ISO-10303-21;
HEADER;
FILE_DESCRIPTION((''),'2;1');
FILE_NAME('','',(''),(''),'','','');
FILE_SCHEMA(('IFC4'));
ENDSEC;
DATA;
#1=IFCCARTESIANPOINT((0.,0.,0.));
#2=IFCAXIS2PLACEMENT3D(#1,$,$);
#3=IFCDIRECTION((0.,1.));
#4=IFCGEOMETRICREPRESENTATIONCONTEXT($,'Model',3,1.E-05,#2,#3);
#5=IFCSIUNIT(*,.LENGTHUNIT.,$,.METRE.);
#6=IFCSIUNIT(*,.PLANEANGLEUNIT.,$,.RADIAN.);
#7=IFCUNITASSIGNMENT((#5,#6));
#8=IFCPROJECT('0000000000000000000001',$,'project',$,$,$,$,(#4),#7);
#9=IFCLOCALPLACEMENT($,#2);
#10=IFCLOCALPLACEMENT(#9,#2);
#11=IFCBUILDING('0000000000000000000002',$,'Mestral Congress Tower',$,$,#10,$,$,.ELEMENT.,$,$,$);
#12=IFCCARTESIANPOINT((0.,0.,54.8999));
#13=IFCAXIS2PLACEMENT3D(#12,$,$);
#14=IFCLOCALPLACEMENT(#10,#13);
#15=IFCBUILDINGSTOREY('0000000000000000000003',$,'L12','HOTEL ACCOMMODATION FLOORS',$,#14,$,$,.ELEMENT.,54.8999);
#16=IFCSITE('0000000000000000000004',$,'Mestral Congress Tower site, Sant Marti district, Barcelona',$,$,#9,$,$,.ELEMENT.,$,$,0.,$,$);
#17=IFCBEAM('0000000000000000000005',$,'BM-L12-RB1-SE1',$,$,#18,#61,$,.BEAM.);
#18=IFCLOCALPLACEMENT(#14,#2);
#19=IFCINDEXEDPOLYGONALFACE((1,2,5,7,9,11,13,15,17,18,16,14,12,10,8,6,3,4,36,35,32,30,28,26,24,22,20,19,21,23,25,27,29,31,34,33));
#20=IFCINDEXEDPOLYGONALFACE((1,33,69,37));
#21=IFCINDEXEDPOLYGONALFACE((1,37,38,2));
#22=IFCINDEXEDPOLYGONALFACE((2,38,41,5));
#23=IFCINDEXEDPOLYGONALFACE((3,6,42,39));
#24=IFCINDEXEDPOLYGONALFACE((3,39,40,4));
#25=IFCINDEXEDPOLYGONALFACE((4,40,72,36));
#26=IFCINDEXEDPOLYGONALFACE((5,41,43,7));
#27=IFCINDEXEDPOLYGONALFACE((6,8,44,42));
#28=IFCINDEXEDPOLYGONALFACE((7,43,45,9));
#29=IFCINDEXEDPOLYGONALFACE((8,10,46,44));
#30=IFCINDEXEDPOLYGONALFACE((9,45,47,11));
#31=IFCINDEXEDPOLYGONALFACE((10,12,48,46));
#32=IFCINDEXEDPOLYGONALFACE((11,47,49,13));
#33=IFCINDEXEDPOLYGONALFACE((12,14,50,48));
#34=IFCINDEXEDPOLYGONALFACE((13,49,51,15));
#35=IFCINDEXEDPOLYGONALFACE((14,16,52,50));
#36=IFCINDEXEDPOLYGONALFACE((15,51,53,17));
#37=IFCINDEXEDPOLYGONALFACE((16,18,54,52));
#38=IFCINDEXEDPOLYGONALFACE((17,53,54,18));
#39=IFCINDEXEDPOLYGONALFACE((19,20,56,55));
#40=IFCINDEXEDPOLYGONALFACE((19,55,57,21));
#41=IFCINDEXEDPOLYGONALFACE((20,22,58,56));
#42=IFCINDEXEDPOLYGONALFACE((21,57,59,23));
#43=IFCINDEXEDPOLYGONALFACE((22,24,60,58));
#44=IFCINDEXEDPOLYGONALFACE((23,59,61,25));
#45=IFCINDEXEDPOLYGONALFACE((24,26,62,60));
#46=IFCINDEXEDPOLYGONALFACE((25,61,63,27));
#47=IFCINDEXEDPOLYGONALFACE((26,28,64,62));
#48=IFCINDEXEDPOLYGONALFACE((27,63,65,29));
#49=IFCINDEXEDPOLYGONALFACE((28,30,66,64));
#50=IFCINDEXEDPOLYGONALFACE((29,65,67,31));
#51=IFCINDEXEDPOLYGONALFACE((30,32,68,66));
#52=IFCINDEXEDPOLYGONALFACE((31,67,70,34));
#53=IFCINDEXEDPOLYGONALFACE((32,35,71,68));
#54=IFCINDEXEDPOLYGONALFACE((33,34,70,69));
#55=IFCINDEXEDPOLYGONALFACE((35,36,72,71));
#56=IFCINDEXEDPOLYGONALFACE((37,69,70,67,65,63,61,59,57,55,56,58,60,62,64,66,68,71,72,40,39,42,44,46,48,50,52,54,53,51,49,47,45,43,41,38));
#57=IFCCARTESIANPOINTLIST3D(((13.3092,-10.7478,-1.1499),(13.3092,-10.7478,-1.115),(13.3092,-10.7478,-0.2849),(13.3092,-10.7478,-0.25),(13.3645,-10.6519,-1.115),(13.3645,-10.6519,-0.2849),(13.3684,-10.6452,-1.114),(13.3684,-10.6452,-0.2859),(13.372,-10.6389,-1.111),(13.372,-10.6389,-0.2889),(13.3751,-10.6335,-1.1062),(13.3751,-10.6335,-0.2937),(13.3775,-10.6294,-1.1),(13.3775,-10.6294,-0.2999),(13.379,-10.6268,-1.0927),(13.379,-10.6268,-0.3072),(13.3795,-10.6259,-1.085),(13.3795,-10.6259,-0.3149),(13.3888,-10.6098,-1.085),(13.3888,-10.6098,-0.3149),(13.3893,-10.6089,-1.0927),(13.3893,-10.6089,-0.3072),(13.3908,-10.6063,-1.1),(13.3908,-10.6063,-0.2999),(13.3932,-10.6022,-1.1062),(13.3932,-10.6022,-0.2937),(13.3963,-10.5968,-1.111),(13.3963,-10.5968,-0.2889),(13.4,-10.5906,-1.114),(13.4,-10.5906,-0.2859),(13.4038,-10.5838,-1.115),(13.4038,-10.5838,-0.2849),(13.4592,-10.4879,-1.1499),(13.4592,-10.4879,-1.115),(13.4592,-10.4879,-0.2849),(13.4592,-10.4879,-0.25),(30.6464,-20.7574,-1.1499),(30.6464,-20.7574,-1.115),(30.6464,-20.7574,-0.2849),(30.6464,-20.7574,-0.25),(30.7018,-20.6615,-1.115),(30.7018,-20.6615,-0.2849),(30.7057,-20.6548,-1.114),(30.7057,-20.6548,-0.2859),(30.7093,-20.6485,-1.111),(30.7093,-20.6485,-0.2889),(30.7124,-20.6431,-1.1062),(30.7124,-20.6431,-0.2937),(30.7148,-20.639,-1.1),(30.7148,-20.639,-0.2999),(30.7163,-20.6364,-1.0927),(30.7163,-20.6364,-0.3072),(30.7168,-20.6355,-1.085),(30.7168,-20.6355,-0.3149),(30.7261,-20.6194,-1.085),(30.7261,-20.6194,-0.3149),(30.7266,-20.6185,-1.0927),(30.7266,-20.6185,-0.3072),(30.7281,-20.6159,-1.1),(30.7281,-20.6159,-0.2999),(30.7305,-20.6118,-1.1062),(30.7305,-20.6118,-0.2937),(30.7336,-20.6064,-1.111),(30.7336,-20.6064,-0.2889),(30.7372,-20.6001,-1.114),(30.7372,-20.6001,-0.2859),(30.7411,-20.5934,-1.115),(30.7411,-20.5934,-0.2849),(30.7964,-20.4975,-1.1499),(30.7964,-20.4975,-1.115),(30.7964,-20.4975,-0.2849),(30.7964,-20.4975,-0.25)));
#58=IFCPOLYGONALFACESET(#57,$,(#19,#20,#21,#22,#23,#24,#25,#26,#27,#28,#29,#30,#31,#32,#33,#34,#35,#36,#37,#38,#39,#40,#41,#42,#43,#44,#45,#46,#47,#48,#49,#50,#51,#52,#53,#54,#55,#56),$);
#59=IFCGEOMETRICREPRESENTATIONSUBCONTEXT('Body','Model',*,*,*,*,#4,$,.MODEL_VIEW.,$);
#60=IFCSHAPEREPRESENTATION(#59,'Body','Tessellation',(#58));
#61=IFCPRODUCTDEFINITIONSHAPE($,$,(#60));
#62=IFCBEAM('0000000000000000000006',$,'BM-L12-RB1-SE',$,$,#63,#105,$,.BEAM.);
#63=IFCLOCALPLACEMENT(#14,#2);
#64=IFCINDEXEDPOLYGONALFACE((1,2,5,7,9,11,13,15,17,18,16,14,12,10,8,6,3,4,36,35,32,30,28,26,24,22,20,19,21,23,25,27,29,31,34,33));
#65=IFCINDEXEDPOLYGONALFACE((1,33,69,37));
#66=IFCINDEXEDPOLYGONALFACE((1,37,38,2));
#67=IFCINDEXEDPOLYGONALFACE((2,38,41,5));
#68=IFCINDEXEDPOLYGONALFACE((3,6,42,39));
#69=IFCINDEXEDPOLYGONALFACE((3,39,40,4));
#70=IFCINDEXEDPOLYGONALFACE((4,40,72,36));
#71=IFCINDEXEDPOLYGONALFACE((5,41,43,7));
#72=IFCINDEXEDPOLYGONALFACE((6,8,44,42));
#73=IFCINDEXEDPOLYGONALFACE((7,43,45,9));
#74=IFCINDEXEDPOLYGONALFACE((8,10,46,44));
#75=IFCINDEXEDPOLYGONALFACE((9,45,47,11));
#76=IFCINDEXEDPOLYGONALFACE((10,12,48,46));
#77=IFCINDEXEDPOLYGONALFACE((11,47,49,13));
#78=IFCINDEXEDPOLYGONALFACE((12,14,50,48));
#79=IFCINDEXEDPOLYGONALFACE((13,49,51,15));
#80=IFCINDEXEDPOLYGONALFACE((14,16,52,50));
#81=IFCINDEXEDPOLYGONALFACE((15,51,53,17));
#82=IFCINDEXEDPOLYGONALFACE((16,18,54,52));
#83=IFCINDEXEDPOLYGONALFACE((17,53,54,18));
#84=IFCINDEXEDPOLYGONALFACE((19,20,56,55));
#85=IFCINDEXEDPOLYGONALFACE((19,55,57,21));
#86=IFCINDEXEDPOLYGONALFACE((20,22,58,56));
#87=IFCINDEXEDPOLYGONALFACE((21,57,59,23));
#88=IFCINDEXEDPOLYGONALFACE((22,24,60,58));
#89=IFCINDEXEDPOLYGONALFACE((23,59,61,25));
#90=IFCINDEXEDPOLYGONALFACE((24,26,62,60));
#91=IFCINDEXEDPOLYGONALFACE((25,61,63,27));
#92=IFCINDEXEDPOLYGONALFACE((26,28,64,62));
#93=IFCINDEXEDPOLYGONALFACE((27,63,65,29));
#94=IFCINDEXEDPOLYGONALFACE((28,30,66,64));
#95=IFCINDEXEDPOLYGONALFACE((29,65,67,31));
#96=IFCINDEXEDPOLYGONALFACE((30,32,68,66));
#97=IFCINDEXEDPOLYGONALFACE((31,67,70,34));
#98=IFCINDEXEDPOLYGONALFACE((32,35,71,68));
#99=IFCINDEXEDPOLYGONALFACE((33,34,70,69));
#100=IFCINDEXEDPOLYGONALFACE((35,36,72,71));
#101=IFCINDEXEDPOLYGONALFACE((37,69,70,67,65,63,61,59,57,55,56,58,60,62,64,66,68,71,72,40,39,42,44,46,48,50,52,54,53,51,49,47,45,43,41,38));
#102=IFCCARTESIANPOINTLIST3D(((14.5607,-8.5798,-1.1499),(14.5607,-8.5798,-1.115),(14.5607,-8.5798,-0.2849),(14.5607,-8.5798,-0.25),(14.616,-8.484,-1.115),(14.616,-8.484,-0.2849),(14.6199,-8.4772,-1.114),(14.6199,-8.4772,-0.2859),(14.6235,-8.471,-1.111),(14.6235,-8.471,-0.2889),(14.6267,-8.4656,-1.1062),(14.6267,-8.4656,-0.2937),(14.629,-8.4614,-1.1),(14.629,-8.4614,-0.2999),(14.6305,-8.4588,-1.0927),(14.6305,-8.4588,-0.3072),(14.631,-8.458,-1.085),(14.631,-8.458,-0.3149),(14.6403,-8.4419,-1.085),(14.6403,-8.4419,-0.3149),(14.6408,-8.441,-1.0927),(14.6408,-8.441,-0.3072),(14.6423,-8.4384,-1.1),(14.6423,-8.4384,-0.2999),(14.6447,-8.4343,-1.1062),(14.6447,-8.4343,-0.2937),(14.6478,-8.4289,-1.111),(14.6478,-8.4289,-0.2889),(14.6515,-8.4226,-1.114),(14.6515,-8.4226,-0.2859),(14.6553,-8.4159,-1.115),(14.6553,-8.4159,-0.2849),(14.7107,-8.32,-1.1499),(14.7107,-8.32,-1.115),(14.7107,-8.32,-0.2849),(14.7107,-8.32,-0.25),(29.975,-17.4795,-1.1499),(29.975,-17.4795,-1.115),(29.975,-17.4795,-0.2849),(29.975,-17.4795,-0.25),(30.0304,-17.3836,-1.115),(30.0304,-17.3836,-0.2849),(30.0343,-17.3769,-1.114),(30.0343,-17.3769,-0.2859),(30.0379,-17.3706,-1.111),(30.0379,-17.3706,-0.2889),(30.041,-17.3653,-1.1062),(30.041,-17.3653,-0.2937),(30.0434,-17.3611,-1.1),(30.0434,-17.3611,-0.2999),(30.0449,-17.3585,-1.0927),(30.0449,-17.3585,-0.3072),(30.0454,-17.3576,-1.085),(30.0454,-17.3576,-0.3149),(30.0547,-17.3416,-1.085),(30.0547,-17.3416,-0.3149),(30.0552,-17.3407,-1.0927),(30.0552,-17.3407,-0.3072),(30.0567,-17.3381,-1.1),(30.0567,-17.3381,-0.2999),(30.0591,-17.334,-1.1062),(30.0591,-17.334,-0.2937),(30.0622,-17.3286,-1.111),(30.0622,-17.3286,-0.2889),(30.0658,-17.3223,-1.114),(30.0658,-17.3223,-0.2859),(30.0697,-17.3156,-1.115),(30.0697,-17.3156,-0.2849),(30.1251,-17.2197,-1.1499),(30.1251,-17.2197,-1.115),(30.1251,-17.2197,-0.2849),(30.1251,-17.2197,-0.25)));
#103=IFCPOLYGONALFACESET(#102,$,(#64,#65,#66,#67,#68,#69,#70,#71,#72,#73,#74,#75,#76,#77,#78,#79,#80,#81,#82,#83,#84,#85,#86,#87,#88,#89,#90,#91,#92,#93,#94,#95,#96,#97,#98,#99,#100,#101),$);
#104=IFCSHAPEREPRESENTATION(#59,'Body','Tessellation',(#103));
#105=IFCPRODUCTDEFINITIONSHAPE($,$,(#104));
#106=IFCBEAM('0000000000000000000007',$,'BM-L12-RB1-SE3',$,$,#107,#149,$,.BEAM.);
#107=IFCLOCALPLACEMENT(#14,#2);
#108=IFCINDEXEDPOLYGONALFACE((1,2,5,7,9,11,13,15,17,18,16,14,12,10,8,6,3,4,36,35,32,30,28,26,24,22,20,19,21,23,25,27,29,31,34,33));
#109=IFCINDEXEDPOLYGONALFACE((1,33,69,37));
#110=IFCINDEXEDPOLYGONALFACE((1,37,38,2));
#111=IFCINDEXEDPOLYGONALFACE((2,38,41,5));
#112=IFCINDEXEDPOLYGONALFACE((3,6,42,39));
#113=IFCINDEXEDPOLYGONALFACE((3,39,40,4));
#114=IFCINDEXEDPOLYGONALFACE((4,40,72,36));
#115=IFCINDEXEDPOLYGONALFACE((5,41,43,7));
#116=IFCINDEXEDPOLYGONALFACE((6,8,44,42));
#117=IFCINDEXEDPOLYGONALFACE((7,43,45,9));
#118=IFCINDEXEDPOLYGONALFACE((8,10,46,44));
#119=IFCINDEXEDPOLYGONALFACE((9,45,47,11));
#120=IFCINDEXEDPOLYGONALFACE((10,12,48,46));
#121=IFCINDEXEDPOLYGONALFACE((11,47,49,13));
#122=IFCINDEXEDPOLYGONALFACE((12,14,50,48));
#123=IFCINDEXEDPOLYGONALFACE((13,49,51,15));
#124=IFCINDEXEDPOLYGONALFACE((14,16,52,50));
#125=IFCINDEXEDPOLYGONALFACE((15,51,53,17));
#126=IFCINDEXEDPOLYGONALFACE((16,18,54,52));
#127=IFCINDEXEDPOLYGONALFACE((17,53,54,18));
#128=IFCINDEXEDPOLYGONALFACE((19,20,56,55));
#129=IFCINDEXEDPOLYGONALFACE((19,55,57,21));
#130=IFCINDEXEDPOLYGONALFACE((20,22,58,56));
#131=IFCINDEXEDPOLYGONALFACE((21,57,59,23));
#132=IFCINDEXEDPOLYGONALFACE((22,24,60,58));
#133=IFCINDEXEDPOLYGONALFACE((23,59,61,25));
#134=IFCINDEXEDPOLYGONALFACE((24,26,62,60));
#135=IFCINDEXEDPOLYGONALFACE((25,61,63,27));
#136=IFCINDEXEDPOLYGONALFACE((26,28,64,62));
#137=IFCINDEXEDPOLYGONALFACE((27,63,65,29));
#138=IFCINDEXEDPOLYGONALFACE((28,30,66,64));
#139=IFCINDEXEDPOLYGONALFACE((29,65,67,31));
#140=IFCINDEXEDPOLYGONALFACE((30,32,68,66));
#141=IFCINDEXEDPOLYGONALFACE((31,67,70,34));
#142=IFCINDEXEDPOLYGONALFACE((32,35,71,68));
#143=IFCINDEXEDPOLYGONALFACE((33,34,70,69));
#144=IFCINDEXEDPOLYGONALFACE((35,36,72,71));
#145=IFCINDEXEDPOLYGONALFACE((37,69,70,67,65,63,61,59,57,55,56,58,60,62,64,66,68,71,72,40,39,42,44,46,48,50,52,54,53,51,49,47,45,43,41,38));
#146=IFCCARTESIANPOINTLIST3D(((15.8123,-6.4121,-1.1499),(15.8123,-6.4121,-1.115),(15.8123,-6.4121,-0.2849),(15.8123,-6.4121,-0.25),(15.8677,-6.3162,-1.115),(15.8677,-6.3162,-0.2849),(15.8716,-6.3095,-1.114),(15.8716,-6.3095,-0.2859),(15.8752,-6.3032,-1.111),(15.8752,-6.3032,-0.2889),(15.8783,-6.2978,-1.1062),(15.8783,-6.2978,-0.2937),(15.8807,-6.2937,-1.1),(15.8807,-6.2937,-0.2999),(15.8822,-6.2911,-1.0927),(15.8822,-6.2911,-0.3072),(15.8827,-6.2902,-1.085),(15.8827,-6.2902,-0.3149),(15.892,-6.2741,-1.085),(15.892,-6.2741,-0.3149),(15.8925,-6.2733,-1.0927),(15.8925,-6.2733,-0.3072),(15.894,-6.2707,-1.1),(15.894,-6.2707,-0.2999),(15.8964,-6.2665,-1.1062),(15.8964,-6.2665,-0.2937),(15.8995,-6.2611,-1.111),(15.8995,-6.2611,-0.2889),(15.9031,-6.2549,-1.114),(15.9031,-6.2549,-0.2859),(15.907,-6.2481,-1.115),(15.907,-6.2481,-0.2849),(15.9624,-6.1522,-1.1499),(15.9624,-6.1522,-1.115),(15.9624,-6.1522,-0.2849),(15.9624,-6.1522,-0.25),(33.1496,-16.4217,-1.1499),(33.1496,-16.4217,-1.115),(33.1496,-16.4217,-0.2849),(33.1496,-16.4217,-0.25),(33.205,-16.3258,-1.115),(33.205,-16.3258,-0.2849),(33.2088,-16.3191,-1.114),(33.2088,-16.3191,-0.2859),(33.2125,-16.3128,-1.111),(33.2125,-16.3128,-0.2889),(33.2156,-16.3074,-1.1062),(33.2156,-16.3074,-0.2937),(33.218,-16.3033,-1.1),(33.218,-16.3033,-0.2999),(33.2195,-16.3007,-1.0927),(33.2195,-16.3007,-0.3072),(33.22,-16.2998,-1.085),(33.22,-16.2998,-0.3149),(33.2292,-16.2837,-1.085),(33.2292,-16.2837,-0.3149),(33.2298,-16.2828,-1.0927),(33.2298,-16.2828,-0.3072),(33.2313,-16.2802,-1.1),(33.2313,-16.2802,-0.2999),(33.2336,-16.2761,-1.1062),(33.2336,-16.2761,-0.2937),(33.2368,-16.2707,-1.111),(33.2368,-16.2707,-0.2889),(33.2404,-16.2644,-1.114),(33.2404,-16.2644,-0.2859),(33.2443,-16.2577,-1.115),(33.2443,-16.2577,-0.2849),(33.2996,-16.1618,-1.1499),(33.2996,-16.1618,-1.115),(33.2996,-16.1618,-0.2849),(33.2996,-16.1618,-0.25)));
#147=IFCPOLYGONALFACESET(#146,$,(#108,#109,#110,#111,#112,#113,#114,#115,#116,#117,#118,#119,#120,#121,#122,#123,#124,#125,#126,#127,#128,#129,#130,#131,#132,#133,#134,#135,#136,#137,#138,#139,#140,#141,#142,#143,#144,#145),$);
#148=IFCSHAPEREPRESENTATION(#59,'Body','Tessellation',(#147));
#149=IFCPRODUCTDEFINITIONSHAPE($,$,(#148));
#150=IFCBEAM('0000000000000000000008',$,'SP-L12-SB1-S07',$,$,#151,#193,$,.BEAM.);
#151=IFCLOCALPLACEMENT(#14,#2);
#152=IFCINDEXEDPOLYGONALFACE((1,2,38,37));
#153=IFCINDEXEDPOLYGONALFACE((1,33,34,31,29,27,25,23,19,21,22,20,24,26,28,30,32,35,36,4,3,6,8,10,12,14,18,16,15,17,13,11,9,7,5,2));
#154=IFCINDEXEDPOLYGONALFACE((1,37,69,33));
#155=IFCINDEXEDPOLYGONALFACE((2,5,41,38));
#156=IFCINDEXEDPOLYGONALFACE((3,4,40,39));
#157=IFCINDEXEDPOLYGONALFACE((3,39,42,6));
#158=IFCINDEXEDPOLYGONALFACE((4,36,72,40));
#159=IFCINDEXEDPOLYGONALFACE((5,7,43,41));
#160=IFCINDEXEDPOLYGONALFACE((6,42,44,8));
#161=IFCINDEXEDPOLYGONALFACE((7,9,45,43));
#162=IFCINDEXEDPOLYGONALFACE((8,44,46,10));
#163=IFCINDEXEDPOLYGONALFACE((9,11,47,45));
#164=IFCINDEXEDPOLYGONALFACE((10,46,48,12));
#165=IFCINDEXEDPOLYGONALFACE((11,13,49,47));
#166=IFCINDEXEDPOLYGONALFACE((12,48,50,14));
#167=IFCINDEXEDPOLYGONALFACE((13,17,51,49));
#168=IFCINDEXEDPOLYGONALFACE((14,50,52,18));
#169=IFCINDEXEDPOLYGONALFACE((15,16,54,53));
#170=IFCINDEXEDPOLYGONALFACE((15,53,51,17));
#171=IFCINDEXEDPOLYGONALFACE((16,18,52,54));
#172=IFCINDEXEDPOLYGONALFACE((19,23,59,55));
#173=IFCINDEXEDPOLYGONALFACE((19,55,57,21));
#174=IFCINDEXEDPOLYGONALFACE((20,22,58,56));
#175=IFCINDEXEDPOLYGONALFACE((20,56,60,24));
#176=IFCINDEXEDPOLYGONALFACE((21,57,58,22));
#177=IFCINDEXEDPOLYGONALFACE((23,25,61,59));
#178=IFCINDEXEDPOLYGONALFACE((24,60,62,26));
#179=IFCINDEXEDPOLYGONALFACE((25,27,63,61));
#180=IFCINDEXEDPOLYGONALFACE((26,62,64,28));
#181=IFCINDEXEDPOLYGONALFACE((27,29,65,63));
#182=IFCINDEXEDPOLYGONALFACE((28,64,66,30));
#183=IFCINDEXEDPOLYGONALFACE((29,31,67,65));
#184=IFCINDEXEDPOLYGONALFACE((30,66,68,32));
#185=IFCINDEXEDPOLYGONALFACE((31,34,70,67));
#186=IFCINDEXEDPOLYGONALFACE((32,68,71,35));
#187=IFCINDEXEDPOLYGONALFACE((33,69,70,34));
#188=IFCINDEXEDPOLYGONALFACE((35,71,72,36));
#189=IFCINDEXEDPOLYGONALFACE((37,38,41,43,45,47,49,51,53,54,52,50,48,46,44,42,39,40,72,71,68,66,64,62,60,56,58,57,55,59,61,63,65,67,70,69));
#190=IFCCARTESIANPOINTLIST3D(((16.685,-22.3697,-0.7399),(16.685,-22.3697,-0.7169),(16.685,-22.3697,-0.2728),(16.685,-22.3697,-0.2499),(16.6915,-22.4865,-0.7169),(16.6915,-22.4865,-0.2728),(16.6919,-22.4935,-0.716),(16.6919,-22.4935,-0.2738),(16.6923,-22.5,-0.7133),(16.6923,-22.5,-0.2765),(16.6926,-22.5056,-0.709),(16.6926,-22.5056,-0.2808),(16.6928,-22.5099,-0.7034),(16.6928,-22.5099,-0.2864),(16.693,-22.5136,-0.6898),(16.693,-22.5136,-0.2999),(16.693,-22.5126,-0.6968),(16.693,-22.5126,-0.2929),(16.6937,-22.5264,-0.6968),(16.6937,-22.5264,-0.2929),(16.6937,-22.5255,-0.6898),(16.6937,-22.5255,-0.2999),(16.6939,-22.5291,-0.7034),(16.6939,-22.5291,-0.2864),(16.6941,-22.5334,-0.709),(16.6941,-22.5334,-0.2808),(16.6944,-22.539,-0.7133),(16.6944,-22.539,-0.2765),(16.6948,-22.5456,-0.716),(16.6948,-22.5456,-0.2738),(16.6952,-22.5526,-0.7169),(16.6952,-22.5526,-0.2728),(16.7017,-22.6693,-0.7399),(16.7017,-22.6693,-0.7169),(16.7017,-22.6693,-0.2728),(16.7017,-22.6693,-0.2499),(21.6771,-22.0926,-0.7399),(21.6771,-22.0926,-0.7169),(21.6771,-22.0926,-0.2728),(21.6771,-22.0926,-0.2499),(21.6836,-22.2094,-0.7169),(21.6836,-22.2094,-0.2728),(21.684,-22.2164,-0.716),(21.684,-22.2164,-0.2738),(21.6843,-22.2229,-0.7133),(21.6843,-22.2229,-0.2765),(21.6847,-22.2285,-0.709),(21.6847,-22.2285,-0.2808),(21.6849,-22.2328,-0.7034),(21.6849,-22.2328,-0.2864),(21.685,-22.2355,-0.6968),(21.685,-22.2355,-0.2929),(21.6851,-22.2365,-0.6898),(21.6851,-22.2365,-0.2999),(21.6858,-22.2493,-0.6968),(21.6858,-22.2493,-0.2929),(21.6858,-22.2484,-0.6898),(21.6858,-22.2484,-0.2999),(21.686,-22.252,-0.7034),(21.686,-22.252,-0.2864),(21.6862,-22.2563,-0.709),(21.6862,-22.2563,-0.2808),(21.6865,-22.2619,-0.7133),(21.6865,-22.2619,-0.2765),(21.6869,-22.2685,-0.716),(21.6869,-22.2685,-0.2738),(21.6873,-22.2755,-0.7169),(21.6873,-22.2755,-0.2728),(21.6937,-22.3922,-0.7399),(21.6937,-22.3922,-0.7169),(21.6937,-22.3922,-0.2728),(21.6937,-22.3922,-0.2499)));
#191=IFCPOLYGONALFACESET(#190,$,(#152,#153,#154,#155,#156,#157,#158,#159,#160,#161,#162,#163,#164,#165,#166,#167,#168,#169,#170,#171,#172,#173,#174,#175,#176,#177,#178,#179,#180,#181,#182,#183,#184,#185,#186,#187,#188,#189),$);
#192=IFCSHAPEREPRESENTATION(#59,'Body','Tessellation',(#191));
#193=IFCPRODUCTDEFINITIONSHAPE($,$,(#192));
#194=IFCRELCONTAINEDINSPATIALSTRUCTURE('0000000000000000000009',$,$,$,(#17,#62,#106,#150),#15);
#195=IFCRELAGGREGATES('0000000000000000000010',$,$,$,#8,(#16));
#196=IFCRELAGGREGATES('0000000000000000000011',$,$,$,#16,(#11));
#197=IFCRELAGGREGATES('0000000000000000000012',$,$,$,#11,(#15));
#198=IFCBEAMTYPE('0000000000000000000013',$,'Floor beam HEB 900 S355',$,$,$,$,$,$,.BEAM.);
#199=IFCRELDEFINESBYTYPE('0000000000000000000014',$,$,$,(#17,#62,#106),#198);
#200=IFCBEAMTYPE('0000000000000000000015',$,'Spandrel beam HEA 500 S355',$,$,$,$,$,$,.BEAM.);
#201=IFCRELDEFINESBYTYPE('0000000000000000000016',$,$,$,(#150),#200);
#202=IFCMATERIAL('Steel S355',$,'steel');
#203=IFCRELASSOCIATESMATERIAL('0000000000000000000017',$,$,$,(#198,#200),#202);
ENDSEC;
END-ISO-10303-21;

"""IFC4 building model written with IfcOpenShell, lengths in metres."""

from ifc_helpers import new_model, si_unit, direction, frame, origin, origin_2d, place, context, subcontext, project, spatial, i_section, extrude, material, material_profile, profile_set, type_object, element, save


model = new_model("IFC4")

# Units and contexts
model_context = context("Model", 3, precision=1e-05, world=origin(), true_north=direction((0.0, 1.0)))
body_context = subcontext(model_context, "Body", "Model", "MODEL_VIEW")
ifc_project = project(units=[si_unit("LENGTHUNIT", "METRE"), si_unit("PLANEANGLEUNIT", "RADIAN")], contexts=[model_context])

# Site, building, storey
site_placement = place(None, origin())
site = spatial("IfcSite", under=ifc_project, at=site_placement, Name="Mestral Congress Tower site, Sant Marti district, Barcelona", CompositionType="ELEMENT", RefElevation=0.0)
building_placement = place(site_placement, origin())
building = spatial("IfcBuilding", under=site, at=building_placement, Name="Mestral Congress Tower", CompositionType="ELEMENT")
storey_placement = place(building_placement, frame((0.0, 0.0, 54.8999)))
storey = spatial("IfcBuildingStorey", under=building, at=storey_placement, Name="L12", Description="HOTEL ACCOMMODATION FLOORS", CompositionType="ELEMENT", Elevation=54.8999)

# Beams
ifc_material_1 = material(Name="Steel S355", Category="steel")
ifc_material_profile_1 = material_profile(ifc_material_1, i_section(OverallWidth=0.3, OverallDepth=0.8999, WebThickness=0.0186, FlangeThickness=0.0349, FilletRadius=0.03, at=origin_2d()), Name="HEB 900")
ifc_profile_set_1 = profile_set([ifc_material_profile_1], Name="Steel S355")
beam_type_1 = type_object("IfcBeamType", Name="Floor beam HEB 900 S355", PredefinedType="BEAM", material=ifc_profile_set_1)
beam_1_placement = place(storey_placement, frame((30.7214, -20.6274, -0.7), z_axis=(-0.866027, 0.499997, 0.0), x_axis=(-0.499997, -0.866027, 0.0)))
element("IfcBeam", 1, at=beam_1_placement, inside=storey, type_object=beam_type_1, Name="BM-L12-RB1-SE1", PredefinedType="BEAM", context=body_context, shape_type="SweptSolid", body=[
    extrude(i_section(OverallWidth=0.3, OverallDepth=0.8999, WebThickness=0.0186, FlangeThickness=0.0349, FilletRadius=0.03, at=origin_2d()), origin(), (0.0, 0.0, 1.0), 20.0193),
])
beam_2_placement = place(storey_placement, frame((30.05, -17.3496, -0.7), z_axis=(-0.86602, 0.500009, 0.0), x_axis=(-0.500009, -0.86602, 0.0)))
element("IfcBeam", 2, at=beam_2_placement, inside=storey, type_object=beam_type_1, Name="BM-L12-RB1-SE", PredefinedType="BEAM", context=body_context, shape_type="SweptSolid", body=[
    extrude(i_section(OverallWidth=0.3, OverallDepth=0.8999, WebThickness=0.0186, FlangeThickness=0.0349, FilletRadius=0.03, at=origin_2d()), origin(), (0.0, 0.0, 1.0), 17.7991),
])
beam_3_placement = place(storey_placement, frame((33.2246, -16.2917, -0.7), z_axis=(-0.866027, 0.499997, 0.0), x_axis=(-0.499997, -0.866027, 0.0)))
element("IfcBeam", 3, at=beam_3_placement, inside=storey, type_object=beam_type_1, Name="BM-L12-RB1-SE3", PredefinedType="BEAM", context=body_context, shape_type="SweptSolid", body=[
    extrude(i_section(OverallWidth=0.3, OverallDepth=0.8999, WebThickness=0.0186, FlangeThickness=0.0349, FilletRadius=0.03, at=origin_2d()), origin(), (0.0, 0.0, 1.0), 20.0193),
])
ifc_material_profile_2 = material_profile(ifc_material_1, i_section(OverallWidth=0.3, OverallDepth=0.49, WebThickness=0.012, FlangeThickness=0.0229, FilletRadius=0.0271, at=origin_2d()), Name="HEA 500")
ifc_profile_set_2 = profile_set([ifc_material_profile_2], Name="Steel S355")
beam_type_2 = type_object("IfcBeamType", Name="Spandrel beam HEA 500 S355", PredefinedType="BEAM", material=ifc_profile_set_2)
beam_4_placement = place(storey_placement, frame((16.6934, -22.5195, -0.4949), z_axis=(0.998463, 0.055421, 0.0), x_axis=(-0.055421, 0.998463, 0.0)))
element("IfcBeam", 4, at=beam_4_placement, inside=storey, type_object=beam_type_2, Name="SP-L12-SB1-S07", PredefinedType="BEAM", context=body_context, shape_type="SweptSolid", body=[
    extrude(i_section(OverallWidth=0.3, OverallDepth=0.49, WebThickness=0.012, FlangeThickness=0.0229, FilletRadius=0.0271, at=origin_2d()), origin(), (0.0, 0.0, 1.0), 4.9998),
])

save(model, "model.ifc")
